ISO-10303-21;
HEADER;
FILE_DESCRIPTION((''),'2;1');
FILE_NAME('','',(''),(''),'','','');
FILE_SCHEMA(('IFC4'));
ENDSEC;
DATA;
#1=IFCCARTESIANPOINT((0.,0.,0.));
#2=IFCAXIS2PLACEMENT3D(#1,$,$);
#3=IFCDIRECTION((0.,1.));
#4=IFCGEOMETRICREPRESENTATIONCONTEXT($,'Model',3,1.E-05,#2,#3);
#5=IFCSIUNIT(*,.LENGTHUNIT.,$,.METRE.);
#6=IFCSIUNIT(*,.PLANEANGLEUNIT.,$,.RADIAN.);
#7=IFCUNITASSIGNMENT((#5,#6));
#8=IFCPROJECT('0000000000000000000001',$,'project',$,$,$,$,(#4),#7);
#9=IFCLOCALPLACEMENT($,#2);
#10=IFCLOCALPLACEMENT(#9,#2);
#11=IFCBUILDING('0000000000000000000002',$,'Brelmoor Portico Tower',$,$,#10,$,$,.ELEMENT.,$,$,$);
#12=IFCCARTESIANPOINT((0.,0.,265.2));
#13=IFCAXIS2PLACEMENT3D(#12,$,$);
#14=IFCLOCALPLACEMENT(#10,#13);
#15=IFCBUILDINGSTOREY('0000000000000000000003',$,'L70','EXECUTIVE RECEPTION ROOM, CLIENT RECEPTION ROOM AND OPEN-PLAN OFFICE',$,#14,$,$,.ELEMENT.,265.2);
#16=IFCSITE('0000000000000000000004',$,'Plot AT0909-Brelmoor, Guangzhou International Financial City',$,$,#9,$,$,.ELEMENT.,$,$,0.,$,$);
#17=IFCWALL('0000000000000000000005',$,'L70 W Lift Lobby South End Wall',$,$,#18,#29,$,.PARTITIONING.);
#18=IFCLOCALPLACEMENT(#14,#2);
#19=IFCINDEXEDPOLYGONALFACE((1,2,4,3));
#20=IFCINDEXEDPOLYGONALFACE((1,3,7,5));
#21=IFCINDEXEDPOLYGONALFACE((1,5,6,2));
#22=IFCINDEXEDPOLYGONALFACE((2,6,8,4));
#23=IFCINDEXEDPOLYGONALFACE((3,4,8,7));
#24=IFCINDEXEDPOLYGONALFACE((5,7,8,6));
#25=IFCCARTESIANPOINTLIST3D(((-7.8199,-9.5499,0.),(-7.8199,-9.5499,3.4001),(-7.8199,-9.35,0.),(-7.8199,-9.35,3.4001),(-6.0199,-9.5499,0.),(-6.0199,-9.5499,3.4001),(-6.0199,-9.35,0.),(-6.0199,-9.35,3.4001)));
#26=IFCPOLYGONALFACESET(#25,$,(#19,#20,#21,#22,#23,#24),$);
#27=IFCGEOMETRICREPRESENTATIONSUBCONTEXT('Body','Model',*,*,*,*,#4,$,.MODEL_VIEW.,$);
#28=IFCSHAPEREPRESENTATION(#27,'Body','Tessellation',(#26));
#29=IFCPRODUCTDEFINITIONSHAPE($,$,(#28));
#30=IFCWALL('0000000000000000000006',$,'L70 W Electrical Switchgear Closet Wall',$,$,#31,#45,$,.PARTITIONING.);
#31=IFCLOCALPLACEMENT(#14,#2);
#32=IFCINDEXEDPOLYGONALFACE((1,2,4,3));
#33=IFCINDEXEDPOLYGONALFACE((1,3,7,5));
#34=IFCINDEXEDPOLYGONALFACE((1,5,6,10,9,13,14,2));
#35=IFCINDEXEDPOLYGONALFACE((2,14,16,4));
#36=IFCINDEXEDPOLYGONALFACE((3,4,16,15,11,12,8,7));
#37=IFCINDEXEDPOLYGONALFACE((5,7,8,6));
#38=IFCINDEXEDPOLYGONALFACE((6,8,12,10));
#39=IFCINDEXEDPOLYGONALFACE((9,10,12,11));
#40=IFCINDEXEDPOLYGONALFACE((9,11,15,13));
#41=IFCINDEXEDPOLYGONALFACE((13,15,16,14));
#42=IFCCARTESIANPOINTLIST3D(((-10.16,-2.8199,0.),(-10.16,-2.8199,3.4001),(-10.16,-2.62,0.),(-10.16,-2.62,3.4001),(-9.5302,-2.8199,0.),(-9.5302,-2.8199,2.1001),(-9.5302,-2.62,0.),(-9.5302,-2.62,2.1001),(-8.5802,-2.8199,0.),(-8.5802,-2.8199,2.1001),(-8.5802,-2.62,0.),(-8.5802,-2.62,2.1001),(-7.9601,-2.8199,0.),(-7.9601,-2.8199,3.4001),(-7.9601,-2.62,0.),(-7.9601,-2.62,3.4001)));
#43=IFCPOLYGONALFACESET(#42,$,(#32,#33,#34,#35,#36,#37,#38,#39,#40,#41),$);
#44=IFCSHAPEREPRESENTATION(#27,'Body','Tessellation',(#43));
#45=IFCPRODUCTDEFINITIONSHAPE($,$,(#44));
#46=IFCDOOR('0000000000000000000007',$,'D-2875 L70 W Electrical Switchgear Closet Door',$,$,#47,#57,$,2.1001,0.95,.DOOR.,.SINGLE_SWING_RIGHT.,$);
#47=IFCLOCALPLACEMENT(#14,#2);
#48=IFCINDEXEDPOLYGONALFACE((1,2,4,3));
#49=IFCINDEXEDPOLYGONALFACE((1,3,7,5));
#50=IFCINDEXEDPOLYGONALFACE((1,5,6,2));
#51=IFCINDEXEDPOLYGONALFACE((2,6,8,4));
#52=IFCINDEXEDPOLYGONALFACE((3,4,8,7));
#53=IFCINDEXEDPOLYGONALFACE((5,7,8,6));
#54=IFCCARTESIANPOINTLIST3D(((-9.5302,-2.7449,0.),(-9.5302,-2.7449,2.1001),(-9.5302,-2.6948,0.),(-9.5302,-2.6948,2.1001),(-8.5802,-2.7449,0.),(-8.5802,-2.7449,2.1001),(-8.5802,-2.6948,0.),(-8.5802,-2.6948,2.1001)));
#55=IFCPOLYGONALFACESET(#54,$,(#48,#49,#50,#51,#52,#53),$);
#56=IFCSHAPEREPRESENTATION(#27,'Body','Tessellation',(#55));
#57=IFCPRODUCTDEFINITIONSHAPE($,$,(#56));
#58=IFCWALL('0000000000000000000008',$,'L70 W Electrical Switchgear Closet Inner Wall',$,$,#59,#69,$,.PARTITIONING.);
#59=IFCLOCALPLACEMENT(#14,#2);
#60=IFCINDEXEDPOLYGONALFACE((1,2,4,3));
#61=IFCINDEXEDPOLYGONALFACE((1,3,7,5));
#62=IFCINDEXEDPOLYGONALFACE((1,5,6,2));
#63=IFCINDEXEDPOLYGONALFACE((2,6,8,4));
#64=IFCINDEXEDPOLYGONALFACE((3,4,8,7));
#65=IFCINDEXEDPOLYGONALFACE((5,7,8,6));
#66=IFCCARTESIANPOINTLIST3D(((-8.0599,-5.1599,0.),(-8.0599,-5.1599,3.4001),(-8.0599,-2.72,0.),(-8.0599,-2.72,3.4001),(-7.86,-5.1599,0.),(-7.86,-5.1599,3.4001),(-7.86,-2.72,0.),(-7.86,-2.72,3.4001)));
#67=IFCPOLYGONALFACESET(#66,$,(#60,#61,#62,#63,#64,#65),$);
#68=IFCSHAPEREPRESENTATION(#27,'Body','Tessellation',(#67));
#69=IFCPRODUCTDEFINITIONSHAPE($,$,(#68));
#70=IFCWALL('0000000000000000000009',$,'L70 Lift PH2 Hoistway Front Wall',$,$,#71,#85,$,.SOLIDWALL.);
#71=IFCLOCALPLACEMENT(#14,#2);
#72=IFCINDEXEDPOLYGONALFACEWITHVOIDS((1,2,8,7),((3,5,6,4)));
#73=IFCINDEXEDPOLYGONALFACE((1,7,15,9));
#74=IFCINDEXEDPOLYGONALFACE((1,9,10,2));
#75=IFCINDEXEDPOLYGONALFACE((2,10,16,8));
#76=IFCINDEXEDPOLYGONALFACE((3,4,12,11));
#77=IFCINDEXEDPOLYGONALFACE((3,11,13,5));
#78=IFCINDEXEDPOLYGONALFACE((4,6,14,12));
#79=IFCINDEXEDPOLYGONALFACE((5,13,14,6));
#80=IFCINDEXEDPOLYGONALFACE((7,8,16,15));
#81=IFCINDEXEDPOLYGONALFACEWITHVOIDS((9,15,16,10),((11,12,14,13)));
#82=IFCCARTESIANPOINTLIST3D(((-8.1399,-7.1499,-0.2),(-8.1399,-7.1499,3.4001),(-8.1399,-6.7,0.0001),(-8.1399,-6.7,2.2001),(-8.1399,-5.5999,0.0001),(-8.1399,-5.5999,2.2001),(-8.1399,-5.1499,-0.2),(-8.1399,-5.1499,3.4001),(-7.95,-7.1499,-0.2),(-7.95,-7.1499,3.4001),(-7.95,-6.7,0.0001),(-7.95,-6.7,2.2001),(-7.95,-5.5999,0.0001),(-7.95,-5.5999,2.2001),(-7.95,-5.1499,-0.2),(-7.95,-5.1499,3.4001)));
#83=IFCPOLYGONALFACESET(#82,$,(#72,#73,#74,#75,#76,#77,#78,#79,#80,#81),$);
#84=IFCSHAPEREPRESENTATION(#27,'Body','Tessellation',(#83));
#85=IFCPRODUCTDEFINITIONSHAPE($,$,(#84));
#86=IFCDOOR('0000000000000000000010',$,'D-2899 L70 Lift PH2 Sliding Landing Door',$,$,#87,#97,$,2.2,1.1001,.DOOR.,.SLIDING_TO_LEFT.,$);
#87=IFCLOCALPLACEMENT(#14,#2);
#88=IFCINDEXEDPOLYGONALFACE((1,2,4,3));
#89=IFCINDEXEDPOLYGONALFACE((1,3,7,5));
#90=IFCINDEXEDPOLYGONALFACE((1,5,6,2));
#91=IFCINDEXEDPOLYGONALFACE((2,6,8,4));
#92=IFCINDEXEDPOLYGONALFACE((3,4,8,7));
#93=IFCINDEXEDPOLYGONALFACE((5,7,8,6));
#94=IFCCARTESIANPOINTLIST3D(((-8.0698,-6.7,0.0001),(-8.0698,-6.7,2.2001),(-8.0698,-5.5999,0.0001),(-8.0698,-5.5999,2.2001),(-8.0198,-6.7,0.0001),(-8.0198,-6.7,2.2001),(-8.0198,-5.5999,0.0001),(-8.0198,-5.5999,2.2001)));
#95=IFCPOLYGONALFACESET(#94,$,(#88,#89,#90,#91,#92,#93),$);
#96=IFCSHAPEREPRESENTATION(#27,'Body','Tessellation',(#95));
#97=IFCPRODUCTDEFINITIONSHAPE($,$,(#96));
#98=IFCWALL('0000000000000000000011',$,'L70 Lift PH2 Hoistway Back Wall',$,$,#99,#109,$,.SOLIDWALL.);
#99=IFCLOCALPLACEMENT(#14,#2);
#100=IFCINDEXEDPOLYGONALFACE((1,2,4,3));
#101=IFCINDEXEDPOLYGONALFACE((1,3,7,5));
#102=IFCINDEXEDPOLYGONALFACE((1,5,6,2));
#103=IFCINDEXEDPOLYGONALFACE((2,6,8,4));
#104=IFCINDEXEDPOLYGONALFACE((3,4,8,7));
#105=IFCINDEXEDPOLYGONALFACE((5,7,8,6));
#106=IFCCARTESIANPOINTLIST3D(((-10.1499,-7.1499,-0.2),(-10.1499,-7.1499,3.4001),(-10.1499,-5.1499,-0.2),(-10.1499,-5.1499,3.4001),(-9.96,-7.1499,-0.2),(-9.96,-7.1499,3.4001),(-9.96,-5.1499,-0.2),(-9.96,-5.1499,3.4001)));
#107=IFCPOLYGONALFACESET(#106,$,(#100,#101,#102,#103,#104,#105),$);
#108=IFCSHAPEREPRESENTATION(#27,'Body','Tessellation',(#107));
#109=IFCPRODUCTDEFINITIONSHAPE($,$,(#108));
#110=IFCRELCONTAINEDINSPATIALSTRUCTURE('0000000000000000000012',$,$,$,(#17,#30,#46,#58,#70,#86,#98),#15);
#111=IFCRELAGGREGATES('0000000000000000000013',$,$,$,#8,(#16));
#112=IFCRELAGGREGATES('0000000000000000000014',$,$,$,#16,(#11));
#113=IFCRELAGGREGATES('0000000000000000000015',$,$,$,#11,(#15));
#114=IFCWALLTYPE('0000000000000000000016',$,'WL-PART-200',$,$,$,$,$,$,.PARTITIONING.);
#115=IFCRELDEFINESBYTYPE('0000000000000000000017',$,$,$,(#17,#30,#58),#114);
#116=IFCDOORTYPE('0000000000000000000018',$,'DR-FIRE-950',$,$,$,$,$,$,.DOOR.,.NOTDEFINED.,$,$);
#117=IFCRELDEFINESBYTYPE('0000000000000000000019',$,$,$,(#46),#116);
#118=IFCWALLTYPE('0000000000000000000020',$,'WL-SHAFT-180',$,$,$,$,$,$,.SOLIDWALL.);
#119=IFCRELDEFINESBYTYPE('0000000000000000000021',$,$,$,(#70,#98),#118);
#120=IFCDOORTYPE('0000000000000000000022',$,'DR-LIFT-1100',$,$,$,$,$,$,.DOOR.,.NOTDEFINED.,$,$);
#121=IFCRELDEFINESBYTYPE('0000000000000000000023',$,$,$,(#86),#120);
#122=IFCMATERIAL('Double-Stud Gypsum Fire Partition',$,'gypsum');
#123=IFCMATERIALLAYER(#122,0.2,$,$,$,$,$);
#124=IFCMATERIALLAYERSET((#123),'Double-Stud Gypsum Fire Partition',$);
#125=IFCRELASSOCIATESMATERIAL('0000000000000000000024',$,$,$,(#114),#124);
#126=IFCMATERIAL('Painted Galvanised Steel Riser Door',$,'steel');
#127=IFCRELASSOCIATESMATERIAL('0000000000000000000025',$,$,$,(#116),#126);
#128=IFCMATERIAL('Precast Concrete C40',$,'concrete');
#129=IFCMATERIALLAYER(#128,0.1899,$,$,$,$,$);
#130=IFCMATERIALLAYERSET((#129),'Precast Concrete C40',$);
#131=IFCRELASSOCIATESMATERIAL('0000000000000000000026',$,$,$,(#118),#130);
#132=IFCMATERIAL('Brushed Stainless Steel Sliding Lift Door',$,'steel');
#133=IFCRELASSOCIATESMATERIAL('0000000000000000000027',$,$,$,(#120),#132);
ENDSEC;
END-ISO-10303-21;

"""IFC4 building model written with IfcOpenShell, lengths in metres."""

from ifc_helpers import new_model, si_unit, direction, frame, frame_2d, origin, place, context, subcontext, project, spatial, rectangle, extrude, material, layer, layer_set, type_object, element, fill, save


model = new_model("IFC4")

# Units and contexts
model_context = context("Model", 3, precision=1e-05, world=origin(), true_north=direction((0.0, 1.0)))
body_context = subcontext(model_context, "Body", "Model", "MODEL_VIEW")
ifc_project = project(units=[si_unit("LENGTHUNIT", "METRE"), si_unit("PLANEANGLEUNIT", "RADIAN")], contexts=[model_context])

# Site, building, storey
site_placement = place(None, origin())
site = spatial("IfcSite", under=ifc_project, at=site_placement, Name="Plot AT0909-Brelmoor, Guangzhou International Financial City", CompositionType="ELEMENT", RefElevation=0.0)
building_placement = place(site_placement, origin())
building = spatial("IfcBuilding", under=site, at=building_placement, Name="Brelmoor Portico Tower", CompositionType="ELEMENT")
storey_placement = place(building_placement, frame((0.0, 0.0, 265.2)))
storey = spatial("IfcBuildingStorey", under=building, at=storey_placement, Name="L70", Description="EXECUTIVE RECEPTION ROOM, CLIENT RECEPTION ROOM AND OPEN-PLAN OFFICE", CompositionType="ELEMENT", Elevation=265.2)

# Shared definitions
ifc_material_1 = material(Name="Double-Stud Gypsum Fire Partition", Category="gypsum")
ifc_layer_1 = layer(ifc_material_1, 0.2)
ifc_layer_set_1 = layer_set([ifc_layer_1], Name="Double-Stud Gypsum Fire Partition")
wall_type_1 = type_object("IfcWallType", Name="WL-PART-200", PredefinedType="PARTITIONING", material=ifc_layer_set_1)

# Wall
wall_1_placement = place(storey_placement, frame((-6.02, -9.45, 0.0), z_axis=(0.0, 0.0, 1.0), x_axis=(-1.0, 0.0, 0.0)))
element("IfcWall", 1, at=wall_1_placement, inside=storey, type_object=wall_type_1, Name="L70 W Lift Lobby South End Wall", PredefinedType="PARTITIONING", context=body_context, shape_type="SweptSolid", body=[
    extrude(rectangle(XDim=1.8, YDim=0.2, at=frame_2d((0.8999, 0.0))), origin(), (0.0, 0.0, 1.0), 3.4001),
])

# Wall, opening, door
wall_2_placement = place(storey_placement, frame((-7.96, -2.72, 0.0), z_axis=(0.0, 0.0, 1.0), x_axis=(-1.0, 0.0, 0.0)))
wall_2 = element("IfcWall", 2, at=wall_2_placement, inside=storey, type_object=wall_type_1, Name="L70 W Electrical Switchgear Closet Wall", PredefinedType="PARTITIONING", context=body_context, shape_type="SweptSolid", body=[
    extrude(rectangle(XDim=2.2, YDim=0.2, at=frame_2d((1.1001, 0.0))), origin(), (0.0, 0.0, 1.0), 3.4001),
])
opening_1_placement = place(wall_2_placement, frame((0.6201, 0.0, 0.0)))
opening_1 = element("IfcOpeningElement", 3, at=opening_1_placement, cuts=wall_2, PredefinedType="OPENING", context=body_context, shape_type="SweptSolid", body=[
    extrude(rectangle(XDim=0.95, YDim=2.1001, at=frame_2d((0.4751, 1.05))), frame((0.0, 0.1099, 0.0), z_axis=(0.0, -1.0, 0.0), x_axis=(1.0, 0.0, 0.0)), (0.0, 0.0, 1.0), 0.22),
])
ifc_material_2 = material(Name="Painted Galvanised Steel Riser Door", Category="steel")
door_type_1 = type_object("IfcDoorType", Name="DR-FIRE-950", OperationType="NOTDEFINED", PredefinedType="DOOR", material=ifc_material_2)
door_1_placement = place(opening_1_placement, origin())
door_1 = element("IfcDoor", 4, at=door_1_placement, inside=storey, type_object=door_type_1, Name="D-2875 L70 W Electrical Switchgear Closet Door", OperationType="SINGLE_SWING_RIGHT", OverallHeight=2.1001, OverallWidth=0.95, PredefinedType="DOOR", context=body_context, shape_type="SweptSolid", body=[
    extrude(rectangle(XDim=0.95, YDim=2.1001, at=frame_2d((0.4751, 1.05))), frame((0.0, 0.0249, 0.0), z_axis=(0.0, -1.0, 0.0), x_axis=(1.0, 0.0, 0.0)), (0.0, 0.0, 1.0), 0.05),
])
fill(opening_1, door_1)

# Wall
wall_3_placement = place(storey_placement, frame((-7.96, -5.1599, 0.0), z_axis=(0.0, 0.0, 1.0), x_axis=(0.0, 1.0, 0.0)))
element("IfcWall", 5, at=wall_3_placement, inside=storey, type_object=wall_type_1, Name="L70 W Electrical Switchgear Closet Inner Wall", PredefinedType="PARTITIONING", context=body_context, shape_type="SweptSolid", body=[
    extrude(rectangle(XDim=2.4399, YDim=0.2, at=frame_2d((1.22, 0.0))), origin(), (0.0, 0.0, 1.0), 3.4001),
])

# Wall, opening, door
ifc_material_3 = material(Name="Precast Concrete C40", Category="concrete")
ifc_layer_2 = layer(ifc_material_3, 0.1899)
ifc_layer_set_2 = layer_set([ifc_layer_2], Name="Precast Concrete C40")
wall_type_2 = type_object("IfcWallType", Name="WL-SHAFT-180", PredefinedType="SOLIDWALL", material=ifc_layer_set_2)
wall_4_placement = place(storey_placement, frame((-8.0449, -7.1499, -0.2), z_axis=(0.0, 0.0, 1.0), x_axis=(0.0, 1.0, 0.0)))
wall_4 = element("IfcWall", 6, at=wall_4_placement, inside=storey, type_object=wall_type_2, Name="L70 Lift PH2 Hoistway Front Wall", PredefinedType="SOLIDWALL", context=body_context, shape_type="SweptSolid", body=[
    extrude(rectangle(XDim=2.0, YDim=0.1899, at=frame_2d((1.0, 0.0))), origin(), (0.0, 0.0, 1.0), 3.6001),
])
opening_2_placement = place(wall_4_placement, frame((0.45, 0.0, 0.2)))
opening_2 = element("IfcOpeningElement", 7, at=opening_2_placement, cuts=wall_4, PredefinedType="OPENING", context=body_context, shape_type="SweptSolid", body=[
    extrude(rectangle(XDim=1.1001, YDim=2.2, at=frame_2d((0.55, 1.1001))), frame((0.0, 0.105, 0.0), z_axis=(0.0, -1.0, 0.0), x_axis=(1.0, 0.0, 0.0)), (0.0, 0.0, 1.0), 0.21),
])
ifc_material_4 = material(Name="Brushed Stainless Steel Sliding Lift Door", Category="steel")
door_type_2 = type_object("IfcDoorType", Name="DR-LIFT-1100", OperationType="NOTDEFINED", PredefinedType="DOOR", material=ifc_material_4)
door_2_placement = place(opening_2_placement, origin())
door_2 = element("IfcDoor", 8, at=door_2_placement, inside=storey, type_object=door_type_2, Name="D-2899 L70 Lift PH2 Sliding Landing Door", OperationType="SLIDING_TO_LEFT", OverallHeight=2.2, OverallWidth=1.1001, PredefinedType="DOOR", context=body_context, shape_type="SweptSolid", body=[
    extrude(rectangle(XDim=1.1001, YDim=2.2, at=frame_2d((0.55, 1.1001))), frame((0.0, 0.0249, 0.0), z_axis=(0.0, -1.0, 0.0), x_axis=(1.0, 0.0, 0.0)), (0.0, 0.0, 1.0), 0.05),
])
fill(opening_2, door_2)

# Wall
wall_5_placement = place(storey_placement, frame((-10.0549, -7.1499, -0.2), z_axis=(0.0, 0.0, 1.0), x_axis=(0.0, 1.0, 0.0)))
element("IfcWall", 9, at=wall_5_placement, inside=storey, type_object=wall_type_2, Name="L70 Lift PH2 Hoistway Back Wall", PredefinedType="SOLIDWALL", context=body_context, shape_type="SweptSolid", body=[
    extrude(rectangle(XDim=2.0, YDim=0.1899, at=frame_2d((1.0, 0.0))), origin(), (0.0, 0.0, 1.0), 3.6001),
])

save(model, "model.ifc")
